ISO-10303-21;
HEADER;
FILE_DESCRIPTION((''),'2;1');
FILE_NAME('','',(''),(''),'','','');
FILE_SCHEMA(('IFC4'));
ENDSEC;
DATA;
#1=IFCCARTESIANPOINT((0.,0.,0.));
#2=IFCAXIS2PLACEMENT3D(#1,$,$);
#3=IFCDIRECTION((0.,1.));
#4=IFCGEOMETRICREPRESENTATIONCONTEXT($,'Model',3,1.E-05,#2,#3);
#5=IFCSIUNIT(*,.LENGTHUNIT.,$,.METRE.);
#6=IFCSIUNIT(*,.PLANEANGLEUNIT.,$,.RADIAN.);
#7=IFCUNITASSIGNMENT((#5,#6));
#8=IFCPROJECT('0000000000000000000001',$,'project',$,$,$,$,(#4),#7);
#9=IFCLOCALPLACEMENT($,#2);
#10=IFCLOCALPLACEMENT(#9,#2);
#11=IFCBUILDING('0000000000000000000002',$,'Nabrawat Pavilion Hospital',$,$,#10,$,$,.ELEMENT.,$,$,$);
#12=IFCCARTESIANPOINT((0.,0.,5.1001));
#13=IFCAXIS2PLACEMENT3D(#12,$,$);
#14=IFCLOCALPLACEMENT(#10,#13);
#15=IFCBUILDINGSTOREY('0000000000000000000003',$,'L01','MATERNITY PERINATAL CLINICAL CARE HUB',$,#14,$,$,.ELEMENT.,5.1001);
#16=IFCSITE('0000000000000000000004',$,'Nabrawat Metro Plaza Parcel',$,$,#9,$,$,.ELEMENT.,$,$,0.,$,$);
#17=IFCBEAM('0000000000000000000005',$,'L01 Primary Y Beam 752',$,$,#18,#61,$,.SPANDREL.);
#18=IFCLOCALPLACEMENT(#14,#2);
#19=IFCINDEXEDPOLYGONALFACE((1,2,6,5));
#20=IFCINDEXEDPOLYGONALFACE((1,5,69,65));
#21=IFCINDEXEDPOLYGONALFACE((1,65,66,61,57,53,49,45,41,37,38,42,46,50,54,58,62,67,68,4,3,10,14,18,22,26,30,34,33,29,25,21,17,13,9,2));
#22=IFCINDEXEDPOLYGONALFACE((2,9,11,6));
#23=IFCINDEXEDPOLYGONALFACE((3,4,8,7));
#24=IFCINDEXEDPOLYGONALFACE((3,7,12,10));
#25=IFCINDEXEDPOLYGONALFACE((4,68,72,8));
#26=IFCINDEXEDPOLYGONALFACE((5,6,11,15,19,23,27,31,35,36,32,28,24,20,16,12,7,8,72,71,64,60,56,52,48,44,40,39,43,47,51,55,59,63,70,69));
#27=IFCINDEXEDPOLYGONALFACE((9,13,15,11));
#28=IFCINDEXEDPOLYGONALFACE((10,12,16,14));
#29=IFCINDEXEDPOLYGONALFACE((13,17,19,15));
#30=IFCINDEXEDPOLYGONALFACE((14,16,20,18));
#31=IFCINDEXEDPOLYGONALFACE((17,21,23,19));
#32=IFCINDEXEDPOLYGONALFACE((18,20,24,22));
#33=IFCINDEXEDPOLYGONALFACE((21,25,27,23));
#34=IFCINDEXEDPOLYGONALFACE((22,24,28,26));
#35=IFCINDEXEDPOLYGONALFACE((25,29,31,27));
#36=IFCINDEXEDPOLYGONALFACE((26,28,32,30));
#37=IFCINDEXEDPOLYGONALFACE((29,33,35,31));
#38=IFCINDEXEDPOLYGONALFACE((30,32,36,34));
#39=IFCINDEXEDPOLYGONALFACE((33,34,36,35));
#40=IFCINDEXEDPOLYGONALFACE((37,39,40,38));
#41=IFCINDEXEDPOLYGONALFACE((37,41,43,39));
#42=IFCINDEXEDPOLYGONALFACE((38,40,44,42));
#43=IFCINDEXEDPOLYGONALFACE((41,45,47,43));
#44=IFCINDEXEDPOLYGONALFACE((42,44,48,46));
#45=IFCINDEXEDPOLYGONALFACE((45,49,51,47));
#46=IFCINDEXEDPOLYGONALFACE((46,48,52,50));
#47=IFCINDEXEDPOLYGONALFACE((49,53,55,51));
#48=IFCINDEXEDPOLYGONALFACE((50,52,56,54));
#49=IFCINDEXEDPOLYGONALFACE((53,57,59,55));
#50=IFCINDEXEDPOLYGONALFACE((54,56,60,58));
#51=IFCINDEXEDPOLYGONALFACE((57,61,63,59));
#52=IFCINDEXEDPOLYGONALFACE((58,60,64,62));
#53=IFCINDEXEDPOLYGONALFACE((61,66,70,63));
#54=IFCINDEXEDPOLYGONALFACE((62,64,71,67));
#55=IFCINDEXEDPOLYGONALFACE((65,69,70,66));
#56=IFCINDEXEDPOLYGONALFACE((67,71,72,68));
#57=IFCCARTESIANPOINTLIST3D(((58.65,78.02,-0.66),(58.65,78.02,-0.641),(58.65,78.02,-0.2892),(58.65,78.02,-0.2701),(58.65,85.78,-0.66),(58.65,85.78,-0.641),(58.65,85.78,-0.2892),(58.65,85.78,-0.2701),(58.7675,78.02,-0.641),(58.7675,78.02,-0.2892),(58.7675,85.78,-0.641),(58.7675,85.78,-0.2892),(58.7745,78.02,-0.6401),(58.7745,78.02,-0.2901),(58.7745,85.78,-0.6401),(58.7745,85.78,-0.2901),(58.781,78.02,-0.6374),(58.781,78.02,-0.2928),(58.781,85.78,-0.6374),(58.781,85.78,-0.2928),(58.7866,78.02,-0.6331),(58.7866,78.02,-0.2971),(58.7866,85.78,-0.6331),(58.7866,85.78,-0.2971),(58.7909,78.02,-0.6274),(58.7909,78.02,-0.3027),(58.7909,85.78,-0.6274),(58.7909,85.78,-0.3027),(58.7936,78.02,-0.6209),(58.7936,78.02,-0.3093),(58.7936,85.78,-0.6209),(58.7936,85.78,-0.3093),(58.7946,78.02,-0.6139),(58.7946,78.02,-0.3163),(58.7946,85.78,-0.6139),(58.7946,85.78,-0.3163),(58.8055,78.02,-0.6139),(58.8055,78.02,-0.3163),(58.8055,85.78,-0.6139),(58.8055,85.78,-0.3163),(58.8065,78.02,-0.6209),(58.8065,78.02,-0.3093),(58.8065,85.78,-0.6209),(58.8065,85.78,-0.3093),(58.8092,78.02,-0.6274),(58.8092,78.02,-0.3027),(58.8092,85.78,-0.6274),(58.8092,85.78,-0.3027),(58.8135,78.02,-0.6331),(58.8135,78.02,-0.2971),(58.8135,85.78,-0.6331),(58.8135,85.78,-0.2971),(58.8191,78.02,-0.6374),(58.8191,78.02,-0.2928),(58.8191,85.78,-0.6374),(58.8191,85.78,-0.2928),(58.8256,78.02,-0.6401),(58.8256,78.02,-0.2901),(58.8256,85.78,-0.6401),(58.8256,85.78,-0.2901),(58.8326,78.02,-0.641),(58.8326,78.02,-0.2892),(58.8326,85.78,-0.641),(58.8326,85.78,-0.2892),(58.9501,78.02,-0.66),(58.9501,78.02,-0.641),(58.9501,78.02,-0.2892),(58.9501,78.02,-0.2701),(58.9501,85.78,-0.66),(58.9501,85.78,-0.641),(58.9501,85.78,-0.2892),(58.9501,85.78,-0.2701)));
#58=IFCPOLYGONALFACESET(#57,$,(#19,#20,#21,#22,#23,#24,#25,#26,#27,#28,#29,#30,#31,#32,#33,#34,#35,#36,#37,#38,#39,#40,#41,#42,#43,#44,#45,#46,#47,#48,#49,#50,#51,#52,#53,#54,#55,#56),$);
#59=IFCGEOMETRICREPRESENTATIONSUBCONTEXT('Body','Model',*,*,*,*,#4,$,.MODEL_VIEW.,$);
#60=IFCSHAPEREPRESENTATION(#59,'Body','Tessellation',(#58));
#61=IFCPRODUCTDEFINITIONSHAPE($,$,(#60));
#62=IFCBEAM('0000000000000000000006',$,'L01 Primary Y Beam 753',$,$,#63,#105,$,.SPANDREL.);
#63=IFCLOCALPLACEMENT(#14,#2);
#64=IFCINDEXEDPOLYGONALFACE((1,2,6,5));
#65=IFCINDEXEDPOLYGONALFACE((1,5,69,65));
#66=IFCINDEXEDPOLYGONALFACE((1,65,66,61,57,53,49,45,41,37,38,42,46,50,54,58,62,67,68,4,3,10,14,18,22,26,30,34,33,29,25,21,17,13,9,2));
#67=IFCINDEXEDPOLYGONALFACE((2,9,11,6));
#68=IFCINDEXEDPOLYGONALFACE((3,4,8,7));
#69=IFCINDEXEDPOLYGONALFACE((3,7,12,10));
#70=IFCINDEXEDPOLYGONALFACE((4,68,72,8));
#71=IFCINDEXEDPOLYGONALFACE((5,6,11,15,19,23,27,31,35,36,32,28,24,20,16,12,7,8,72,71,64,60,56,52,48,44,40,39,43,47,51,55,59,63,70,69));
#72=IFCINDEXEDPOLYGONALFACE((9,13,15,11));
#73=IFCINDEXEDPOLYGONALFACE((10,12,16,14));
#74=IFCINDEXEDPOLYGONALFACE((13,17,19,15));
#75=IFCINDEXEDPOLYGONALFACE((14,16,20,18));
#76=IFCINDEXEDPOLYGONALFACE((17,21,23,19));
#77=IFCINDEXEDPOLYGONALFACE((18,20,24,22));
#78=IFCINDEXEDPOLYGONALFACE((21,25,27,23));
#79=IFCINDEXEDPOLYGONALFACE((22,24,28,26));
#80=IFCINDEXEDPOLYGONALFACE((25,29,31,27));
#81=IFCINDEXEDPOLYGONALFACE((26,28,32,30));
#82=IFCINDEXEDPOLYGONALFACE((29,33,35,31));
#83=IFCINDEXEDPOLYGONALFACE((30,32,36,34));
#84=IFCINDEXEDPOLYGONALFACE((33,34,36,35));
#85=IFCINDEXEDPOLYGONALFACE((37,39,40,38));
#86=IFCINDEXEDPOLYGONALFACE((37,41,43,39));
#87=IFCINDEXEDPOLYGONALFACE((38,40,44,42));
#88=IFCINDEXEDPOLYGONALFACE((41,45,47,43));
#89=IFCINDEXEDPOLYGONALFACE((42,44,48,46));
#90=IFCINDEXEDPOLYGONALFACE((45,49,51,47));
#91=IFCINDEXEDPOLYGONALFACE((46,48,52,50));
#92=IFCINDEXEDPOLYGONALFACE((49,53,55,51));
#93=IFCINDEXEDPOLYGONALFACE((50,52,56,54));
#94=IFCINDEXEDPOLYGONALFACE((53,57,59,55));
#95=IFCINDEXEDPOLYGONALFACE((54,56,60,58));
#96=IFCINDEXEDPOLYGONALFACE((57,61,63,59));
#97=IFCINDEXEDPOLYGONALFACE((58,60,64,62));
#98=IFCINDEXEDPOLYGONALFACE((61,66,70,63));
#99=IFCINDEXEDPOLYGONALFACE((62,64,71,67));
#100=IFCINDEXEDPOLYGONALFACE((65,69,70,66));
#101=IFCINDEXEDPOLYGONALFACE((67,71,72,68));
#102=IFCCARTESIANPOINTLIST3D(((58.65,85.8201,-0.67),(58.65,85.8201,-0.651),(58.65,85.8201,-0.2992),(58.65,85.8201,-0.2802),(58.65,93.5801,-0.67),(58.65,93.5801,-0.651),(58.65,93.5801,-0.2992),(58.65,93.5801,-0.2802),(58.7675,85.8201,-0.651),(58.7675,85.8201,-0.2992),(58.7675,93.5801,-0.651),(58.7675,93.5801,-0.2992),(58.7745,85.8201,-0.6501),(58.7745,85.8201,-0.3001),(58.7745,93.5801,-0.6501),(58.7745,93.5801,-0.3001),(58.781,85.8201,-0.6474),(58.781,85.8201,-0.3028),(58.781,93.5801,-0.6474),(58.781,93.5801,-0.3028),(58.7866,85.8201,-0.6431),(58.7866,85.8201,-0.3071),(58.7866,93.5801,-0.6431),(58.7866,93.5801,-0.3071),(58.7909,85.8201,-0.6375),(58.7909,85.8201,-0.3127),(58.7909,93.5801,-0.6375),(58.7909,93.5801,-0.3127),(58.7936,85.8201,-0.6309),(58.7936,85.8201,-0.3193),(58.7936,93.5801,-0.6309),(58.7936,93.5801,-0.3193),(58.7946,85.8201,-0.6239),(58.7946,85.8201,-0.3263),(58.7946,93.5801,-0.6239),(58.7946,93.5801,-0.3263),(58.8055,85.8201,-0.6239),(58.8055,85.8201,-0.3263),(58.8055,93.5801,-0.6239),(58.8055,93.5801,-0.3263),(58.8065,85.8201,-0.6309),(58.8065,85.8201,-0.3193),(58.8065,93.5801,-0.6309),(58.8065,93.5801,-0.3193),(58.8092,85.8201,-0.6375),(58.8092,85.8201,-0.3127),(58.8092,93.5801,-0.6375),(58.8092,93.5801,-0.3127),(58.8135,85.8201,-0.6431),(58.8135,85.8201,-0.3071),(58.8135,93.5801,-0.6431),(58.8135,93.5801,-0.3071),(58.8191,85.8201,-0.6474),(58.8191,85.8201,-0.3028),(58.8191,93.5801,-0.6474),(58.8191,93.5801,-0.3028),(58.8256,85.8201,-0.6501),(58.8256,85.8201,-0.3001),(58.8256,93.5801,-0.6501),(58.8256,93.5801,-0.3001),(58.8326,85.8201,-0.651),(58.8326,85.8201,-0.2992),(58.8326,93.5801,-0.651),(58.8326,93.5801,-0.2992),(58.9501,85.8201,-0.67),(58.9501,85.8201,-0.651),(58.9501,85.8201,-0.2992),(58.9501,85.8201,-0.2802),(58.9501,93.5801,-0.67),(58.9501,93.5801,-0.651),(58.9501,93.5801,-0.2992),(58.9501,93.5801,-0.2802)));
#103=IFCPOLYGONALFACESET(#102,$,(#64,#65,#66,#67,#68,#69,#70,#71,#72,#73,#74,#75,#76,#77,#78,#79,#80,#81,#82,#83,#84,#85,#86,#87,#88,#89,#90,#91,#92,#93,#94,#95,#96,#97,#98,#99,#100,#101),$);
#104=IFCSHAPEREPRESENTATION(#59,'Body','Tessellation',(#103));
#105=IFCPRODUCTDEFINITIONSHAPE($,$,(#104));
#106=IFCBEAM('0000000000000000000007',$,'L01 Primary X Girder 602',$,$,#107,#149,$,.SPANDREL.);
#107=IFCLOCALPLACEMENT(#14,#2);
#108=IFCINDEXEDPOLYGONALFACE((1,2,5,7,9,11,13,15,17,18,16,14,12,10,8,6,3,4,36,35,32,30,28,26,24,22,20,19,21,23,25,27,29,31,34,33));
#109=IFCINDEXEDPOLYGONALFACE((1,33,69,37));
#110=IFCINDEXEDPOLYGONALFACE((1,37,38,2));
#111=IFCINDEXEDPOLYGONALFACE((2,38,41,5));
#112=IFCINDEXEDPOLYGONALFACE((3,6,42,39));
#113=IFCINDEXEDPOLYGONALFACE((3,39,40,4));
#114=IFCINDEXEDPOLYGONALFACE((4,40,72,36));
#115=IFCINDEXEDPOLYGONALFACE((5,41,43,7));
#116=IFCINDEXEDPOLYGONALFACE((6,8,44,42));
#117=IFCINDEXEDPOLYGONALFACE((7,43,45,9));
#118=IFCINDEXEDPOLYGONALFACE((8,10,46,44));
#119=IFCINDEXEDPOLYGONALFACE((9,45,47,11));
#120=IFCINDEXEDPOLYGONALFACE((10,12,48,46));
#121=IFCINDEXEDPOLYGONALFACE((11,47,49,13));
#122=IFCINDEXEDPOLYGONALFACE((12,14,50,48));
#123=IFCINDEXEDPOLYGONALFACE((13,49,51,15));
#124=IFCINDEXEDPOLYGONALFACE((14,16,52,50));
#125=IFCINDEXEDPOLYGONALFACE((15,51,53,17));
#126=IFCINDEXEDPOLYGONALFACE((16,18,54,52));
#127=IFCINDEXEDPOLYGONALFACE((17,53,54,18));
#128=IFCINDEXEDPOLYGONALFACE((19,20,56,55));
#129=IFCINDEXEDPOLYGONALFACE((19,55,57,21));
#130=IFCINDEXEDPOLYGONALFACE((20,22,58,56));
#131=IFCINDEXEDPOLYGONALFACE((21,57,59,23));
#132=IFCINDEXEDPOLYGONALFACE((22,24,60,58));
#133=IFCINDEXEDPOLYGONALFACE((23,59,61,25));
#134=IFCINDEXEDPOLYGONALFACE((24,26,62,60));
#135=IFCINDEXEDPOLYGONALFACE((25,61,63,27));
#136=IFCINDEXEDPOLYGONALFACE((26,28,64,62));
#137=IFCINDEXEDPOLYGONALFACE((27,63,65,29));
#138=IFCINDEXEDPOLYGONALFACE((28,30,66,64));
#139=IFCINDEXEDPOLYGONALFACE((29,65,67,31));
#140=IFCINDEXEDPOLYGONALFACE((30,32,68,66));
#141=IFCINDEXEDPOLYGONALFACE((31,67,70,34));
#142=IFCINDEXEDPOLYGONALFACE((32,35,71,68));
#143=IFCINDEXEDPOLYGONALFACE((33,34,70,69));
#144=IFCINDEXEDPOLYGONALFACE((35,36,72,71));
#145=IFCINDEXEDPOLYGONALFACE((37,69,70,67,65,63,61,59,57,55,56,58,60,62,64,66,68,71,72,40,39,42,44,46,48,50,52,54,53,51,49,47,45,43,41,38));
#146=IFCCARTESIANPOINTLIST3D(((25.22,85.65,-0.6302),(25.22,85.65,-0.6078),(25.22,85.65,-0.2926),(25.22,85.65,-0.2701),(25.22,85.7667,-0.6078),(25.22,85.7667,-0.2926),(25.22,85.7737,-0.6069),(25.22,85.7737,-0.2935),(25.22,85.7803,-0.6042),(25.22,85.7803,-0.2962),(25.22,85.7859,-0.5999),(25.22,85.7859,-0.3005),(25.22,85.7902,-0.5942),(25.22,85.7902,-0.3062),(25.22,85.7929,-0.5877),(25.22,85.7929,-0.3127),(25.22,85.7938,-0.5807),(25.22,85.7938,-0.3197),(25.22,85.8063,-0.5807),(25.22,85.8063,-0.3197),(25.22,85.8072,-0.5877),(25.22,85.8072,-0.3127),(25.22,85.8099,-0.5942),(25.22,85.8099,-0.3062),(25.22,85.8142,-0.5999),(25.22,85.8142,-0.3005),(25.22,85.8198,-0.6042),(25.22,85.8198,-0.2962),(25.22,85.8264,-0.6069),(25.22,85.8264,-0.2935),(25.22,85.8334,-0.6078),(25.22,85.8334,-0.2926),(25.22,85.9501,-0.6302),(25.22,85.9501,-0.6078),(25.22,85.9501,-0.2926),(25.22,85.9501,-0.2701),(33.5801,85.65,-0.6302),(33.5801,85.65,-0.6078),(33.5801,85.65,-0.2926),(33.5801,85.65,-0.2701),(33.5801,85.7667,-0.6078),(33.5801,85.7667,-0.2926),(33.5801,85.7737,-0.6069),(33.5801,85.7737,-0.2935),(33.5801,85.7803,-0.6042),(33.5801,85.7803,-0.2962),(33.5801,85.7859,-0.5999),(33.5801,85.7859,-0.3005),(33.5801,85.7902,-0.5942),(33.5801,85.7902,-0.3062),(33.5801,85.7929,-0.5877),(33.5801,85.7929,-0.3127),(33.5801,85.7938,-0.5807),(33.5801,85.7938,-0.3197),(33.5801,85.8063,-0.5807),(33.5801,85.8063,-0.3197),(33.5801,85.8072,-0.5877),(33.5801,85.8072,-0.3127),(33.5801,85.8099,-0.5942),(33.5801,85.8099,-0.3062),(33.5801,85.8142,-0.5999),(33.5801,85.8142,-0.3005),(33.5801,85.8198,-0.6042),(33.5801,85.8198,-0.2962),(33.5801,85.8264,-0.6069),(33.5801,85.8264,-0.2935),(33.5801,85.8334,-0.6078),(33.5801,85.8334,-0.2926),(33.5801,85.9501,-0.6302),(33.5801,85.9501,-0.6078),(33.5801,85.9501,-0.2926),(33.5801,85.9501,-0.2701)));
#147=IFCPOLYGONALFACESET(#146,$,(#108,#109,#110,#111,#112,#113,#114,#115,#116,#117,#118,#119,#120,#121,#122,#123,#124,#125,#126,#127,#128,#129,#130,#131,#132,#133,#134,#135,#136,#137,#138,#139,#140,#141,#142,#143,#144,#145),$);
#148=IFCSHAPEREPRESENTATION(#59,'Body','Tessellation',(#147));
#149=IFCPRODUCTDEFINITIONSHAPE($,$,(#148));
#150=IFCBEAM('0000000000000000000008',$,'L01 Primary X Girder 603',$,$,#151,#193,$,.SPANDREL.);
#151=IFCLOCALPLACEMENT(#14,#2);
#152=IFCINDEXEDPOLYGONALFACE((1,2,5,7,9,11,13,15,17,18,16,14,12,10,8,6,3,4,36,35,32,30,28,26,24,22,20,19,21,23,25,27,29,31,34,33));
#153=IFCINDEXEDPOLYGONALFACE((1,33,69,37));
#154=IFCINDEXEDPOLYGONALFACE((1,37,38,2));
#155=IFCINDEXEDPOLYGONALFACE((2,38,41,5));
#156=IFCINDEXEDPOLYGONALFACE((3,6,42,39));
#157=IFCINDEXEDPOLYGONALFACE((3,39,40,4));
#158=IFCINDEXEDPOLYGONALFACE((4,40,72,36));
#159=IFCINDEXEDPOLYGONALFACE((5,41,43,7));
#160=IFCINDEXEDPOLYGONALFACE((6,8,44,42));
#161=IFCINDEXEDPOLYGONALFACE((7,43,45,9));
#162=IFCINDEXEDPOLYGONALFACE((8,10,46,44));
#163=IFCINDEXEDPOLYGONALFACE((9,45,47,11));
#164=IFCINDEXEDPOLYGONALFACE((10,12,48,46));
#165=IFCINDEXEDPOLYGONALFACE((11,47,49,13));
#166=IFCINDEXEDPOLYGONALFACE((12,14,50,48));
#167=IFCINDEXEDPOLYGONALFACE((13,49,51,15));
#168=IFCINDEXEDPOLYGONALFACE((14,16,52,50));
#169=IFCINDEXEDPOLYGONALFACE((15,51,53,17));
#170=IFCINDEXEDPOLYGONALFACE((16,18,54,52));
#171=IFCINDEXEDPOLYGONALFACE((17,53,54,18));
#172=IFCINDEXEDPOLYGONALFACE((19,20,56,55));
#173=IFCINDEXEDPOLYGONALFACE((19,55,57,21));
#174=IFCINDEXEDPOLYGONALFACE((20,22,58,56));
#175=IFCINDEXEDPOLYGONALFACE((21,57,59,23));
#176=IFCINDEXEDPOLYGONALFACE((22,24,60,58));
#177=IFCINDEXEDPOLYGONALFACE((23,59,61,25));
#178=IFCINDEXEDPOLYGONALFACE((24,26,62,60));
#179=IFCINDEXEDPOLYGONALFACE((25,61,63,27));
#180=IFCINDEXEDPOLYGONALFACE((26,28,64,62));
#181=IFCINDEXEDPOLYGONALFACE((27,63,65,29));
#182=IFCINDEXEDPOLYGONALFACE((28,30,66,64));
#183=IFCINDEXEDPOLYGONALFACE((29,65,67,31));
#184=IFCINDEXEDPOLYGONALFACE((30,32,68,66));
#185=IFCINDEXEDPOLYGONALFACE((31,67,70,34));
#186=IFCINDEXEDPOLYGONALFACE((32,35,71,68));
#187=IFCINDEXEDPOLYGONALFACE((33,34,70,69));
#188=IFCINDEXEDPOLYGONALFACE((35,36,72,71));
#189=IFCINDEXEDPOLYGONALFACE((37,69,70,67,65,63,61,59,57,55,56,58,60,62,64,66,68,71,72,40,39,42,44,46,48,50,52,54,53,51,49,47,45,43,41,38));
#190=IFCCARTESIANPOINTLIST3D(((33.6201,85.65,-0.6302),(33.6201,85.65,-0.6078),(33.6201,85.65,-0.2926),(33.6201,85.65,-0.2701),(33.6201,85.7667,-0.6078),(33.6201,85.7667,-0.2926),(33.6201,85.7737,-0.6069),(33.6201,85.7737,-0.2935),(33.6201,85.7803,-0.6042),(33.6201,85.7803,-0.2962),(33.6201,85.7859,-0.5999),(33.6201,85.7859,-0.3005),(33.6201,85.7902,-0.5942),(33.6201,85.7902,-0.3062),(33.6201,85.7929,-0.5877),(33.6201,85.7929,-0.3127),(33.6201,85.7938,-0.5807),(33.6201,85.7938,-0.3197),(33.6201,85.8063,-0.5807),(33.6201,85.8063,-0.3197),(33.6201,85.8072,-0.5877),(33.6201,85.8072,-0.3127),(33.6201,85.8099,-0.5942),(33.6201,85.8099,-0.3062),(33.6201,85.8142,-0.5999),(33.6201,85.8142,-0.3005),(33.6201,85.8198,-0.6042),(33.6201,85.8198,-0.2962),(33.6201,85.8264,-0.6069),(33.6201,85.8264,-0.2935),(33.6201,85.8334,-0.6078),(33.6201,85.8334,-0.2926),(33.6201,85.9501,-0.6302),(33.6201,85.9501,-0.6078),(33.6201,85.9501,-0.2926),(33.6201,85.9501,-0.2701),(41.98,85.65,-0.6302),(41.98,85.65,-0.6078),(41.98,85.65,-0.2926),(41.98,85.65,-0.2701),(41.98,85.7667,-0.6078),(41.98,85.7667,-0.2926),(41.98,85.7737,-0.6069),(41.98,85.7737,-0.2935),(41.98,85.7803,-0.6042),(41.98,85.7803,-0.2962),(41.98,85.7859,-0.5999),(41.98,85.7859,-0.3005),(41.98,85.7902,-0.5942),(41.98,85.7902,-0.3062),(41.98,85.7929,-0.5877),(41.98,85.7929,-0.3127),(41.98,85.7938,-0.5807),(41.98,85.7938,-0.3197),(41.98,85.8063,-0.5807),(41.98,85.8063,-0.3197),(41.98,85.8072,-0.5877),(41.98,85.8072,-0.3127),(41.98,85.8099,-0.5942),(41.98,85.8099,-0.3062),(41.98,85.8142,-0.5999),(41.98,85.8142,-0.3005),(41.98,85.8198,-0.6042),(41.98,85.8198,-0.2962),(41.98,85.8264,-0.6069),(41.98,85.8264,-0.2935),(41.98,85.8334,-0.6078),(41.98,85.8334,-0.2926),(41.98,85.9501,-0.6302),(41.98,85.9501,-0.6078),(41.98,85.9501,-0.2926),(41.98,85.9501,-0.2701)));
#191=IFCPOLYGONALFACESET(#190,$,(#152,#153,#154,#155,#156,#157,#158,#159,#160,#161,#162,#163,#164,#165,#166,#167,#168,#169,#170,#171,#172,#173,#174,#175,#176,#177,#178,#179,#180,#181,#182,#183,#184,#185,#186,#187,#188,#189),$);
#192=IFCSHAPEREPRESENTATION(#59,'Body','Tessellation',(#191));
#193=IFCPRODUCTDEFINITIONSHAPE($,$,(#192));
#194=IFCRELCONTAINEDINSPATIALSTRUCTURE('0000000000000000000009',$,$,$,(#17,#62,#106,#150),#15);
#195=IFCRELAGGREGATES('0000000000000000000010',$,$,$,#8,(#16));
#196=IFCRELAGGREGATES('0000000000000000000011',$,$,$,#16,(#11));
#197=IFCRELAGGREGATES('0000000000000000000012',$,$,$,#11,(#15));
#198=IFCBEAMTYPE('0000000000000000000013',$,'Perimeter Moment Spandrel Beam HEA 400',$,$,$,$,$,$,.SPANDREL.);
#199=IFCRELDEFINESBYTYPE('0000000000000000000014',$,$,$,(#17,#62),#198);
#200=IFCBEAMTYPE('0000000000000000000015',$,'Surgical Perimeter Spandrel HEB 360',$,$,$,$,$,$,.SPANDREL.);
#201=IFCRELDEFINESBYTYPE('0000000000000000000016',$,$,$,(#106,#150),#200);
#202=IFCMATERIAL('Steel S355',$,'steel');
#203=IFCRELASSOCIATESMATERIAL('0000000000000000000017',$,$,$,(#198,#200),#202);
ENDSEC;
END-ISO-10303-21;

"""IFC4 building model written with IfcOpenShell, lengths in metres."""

from ifc_helpers import new_model, si_unit, direction, frame, origin, origin_2d, place, context, subcontext, project, spatial, i_section, extrude, material, material_profile, profile_set, type_object, element, save


model = new_model("IFC4")

# Units and contexts
model_context = context("Model", 3, precision=1e-05, world=origin(), true_north=direction((0.0, 1.0)))
body_context = subcontext(model_context, "Body", "Model", "MODEL_VIEW")
ifc_project = project(units=[si_unit("LENGTHUNIT", "METRE"), si_unit("PLANEANGLEUNIT", "RADIAN")], contexts=[model_context])

# Site, building, storey
site_placement = place(None, origin())
site = spatial("IfcSite", under=ifc_project, at=site_placement, Name="Nabrawat Metro Plaza Parcel", CompositionType="ELEMENT", RefElevation=0.0)
building_placement = place(site_placement, origin())
building = spatial("IfcBuilding", under=site, at=building_placement, Name="Nabrawat Pavilion Hospital", CompositionType="ELEMENT")
storey_placement = place(building_placement, frame((0.0, 0.0, 5.1001)))
storey = spatial("IfcBuildingStorey", under=building, at=storey_placement, Name="L01", Description="MATERNITY PERINATAL CLINICAL CARE HUB", CompositionType="ELEMENT", Elevation=5.1001)

# Shared definitions
ifc_material_1 = material(Name="Steel S355", Category="steel")

# Beams
ifc_material_profile_1 = material_profile(ifc_material_1, i_section(OverallWidth=0.3, OverallDepth=0.3899, WebThickness=0.011, FlangeThickness=0.019, FilletRadius=0.0271, at=origin_2d()), Name="HEA 400")
ifc_profile_set_1 = profile_set([ifc_material_profile_1], Name="Steel S355")
beam_type_1 = type_object("IfcBeamType", Name="Perimeter Moment Spandrel Beam HEA 400", PredefinedType="SPANDREL", material=ifc_profile_set_1)
for number, where, z_axis, x_axis, name in (
    (1, (58.8, 78.02, -0.4651), (0.0, 1.0, 0.0), (-1.0, 0.0, 0.0), "L01 Primary Y Beam 752"),
    (2, (58.8, 85.8201, -0.4751), (0.0, 1.0, 0.0), (-1.0, 0.0, 0.0), "L01 Primary Y Beam 753"),
):
    element("IfcBeam", number, at=place(storey_placement, frame(where, z_axis=z_axis, x_axis=x_axis)), inside=storey, type_object=beam_type_1, Name=name, PredefinedType="SPANDREL", context=body_context, shape_type="SweptSolid", body=[
        extrude(i_section(OverallWidth=0.3, OverallDepth=0.3899, WebThickness=0.011, FlangeThickness=0.019, FilletRadius=0.0271, at=origin_2d()), origin(), (0.0, 0.0, 1.0), 7.76),
    ])
ifc_material_profile_2 = material_profile(ifc_material_1, i_section(OverallWidth=0.3, OverallDepth=0.3601, WebThickness=0.0125, FlangeThickness=0.0225, FilletRadius=0.0271, at=origin_2d()), Name="HEB 360")
ifc_profile_set_2 = profile_set([ifc_material_profile_2], Name="Steel S355")
beam_type_2 = type_object("IfcBeamType", Name="Surgical Perimeter Spandrel HEB 360", PredefinedType="SPANDREL", material=ifc_profile_set_2)
beam_1_placement = place(storey_placement, frame((25.22, 85.8, -0.4502), z_axis=(1.0, 0.0, 0.0), x_axis=(0.0, 1.0, 0.0)))
element("IfcBeam", 3, at=beam_1_placement, inside=storey, type_object=beam_type_2, Name="L01 Primary X Girder 602", PredefinedType="SPANDREL", context=body_context, shape_type="SweptSolid", body=[
    extrude(i_section(OverallWidth=0.3, OverallDepth=0.3601, WebThickness=0.0125, FlangeThickness=0.0225, FilletRadius=0.0271, at=origin_2d()), origin(), (0.0, 0.0, 1.0), 8.3601),
])
for number, where, z_axis, x_axis, name in (
    (4, (33.6201, 85.8, -0.4502), (1.0, 0.0, 0.0), (0.0, 1.0, 0.0), "L01 Primary X Girder 603"),
):
    element("IfcBeam", number, at=place(storey_placement, frame(where, z_axis=z_axis, x_axis=x_axis)), inside=storey, type_object=beam_type_2, Name=name, PredefinedType="SPANDREL", context=body_context, shape_type="SweptSolid", body=[
        extrude(i_section(OverallWidth=0.3, OverallDepth=0.3601, WebThickness=0.0125, FlangeThickness=0.0225, FilletRadius=0.0271, at=origin_2d()), origin(), (0.0, 0.0, 1.0), 8.3599),
    ])

save(model, "model.ifc")
